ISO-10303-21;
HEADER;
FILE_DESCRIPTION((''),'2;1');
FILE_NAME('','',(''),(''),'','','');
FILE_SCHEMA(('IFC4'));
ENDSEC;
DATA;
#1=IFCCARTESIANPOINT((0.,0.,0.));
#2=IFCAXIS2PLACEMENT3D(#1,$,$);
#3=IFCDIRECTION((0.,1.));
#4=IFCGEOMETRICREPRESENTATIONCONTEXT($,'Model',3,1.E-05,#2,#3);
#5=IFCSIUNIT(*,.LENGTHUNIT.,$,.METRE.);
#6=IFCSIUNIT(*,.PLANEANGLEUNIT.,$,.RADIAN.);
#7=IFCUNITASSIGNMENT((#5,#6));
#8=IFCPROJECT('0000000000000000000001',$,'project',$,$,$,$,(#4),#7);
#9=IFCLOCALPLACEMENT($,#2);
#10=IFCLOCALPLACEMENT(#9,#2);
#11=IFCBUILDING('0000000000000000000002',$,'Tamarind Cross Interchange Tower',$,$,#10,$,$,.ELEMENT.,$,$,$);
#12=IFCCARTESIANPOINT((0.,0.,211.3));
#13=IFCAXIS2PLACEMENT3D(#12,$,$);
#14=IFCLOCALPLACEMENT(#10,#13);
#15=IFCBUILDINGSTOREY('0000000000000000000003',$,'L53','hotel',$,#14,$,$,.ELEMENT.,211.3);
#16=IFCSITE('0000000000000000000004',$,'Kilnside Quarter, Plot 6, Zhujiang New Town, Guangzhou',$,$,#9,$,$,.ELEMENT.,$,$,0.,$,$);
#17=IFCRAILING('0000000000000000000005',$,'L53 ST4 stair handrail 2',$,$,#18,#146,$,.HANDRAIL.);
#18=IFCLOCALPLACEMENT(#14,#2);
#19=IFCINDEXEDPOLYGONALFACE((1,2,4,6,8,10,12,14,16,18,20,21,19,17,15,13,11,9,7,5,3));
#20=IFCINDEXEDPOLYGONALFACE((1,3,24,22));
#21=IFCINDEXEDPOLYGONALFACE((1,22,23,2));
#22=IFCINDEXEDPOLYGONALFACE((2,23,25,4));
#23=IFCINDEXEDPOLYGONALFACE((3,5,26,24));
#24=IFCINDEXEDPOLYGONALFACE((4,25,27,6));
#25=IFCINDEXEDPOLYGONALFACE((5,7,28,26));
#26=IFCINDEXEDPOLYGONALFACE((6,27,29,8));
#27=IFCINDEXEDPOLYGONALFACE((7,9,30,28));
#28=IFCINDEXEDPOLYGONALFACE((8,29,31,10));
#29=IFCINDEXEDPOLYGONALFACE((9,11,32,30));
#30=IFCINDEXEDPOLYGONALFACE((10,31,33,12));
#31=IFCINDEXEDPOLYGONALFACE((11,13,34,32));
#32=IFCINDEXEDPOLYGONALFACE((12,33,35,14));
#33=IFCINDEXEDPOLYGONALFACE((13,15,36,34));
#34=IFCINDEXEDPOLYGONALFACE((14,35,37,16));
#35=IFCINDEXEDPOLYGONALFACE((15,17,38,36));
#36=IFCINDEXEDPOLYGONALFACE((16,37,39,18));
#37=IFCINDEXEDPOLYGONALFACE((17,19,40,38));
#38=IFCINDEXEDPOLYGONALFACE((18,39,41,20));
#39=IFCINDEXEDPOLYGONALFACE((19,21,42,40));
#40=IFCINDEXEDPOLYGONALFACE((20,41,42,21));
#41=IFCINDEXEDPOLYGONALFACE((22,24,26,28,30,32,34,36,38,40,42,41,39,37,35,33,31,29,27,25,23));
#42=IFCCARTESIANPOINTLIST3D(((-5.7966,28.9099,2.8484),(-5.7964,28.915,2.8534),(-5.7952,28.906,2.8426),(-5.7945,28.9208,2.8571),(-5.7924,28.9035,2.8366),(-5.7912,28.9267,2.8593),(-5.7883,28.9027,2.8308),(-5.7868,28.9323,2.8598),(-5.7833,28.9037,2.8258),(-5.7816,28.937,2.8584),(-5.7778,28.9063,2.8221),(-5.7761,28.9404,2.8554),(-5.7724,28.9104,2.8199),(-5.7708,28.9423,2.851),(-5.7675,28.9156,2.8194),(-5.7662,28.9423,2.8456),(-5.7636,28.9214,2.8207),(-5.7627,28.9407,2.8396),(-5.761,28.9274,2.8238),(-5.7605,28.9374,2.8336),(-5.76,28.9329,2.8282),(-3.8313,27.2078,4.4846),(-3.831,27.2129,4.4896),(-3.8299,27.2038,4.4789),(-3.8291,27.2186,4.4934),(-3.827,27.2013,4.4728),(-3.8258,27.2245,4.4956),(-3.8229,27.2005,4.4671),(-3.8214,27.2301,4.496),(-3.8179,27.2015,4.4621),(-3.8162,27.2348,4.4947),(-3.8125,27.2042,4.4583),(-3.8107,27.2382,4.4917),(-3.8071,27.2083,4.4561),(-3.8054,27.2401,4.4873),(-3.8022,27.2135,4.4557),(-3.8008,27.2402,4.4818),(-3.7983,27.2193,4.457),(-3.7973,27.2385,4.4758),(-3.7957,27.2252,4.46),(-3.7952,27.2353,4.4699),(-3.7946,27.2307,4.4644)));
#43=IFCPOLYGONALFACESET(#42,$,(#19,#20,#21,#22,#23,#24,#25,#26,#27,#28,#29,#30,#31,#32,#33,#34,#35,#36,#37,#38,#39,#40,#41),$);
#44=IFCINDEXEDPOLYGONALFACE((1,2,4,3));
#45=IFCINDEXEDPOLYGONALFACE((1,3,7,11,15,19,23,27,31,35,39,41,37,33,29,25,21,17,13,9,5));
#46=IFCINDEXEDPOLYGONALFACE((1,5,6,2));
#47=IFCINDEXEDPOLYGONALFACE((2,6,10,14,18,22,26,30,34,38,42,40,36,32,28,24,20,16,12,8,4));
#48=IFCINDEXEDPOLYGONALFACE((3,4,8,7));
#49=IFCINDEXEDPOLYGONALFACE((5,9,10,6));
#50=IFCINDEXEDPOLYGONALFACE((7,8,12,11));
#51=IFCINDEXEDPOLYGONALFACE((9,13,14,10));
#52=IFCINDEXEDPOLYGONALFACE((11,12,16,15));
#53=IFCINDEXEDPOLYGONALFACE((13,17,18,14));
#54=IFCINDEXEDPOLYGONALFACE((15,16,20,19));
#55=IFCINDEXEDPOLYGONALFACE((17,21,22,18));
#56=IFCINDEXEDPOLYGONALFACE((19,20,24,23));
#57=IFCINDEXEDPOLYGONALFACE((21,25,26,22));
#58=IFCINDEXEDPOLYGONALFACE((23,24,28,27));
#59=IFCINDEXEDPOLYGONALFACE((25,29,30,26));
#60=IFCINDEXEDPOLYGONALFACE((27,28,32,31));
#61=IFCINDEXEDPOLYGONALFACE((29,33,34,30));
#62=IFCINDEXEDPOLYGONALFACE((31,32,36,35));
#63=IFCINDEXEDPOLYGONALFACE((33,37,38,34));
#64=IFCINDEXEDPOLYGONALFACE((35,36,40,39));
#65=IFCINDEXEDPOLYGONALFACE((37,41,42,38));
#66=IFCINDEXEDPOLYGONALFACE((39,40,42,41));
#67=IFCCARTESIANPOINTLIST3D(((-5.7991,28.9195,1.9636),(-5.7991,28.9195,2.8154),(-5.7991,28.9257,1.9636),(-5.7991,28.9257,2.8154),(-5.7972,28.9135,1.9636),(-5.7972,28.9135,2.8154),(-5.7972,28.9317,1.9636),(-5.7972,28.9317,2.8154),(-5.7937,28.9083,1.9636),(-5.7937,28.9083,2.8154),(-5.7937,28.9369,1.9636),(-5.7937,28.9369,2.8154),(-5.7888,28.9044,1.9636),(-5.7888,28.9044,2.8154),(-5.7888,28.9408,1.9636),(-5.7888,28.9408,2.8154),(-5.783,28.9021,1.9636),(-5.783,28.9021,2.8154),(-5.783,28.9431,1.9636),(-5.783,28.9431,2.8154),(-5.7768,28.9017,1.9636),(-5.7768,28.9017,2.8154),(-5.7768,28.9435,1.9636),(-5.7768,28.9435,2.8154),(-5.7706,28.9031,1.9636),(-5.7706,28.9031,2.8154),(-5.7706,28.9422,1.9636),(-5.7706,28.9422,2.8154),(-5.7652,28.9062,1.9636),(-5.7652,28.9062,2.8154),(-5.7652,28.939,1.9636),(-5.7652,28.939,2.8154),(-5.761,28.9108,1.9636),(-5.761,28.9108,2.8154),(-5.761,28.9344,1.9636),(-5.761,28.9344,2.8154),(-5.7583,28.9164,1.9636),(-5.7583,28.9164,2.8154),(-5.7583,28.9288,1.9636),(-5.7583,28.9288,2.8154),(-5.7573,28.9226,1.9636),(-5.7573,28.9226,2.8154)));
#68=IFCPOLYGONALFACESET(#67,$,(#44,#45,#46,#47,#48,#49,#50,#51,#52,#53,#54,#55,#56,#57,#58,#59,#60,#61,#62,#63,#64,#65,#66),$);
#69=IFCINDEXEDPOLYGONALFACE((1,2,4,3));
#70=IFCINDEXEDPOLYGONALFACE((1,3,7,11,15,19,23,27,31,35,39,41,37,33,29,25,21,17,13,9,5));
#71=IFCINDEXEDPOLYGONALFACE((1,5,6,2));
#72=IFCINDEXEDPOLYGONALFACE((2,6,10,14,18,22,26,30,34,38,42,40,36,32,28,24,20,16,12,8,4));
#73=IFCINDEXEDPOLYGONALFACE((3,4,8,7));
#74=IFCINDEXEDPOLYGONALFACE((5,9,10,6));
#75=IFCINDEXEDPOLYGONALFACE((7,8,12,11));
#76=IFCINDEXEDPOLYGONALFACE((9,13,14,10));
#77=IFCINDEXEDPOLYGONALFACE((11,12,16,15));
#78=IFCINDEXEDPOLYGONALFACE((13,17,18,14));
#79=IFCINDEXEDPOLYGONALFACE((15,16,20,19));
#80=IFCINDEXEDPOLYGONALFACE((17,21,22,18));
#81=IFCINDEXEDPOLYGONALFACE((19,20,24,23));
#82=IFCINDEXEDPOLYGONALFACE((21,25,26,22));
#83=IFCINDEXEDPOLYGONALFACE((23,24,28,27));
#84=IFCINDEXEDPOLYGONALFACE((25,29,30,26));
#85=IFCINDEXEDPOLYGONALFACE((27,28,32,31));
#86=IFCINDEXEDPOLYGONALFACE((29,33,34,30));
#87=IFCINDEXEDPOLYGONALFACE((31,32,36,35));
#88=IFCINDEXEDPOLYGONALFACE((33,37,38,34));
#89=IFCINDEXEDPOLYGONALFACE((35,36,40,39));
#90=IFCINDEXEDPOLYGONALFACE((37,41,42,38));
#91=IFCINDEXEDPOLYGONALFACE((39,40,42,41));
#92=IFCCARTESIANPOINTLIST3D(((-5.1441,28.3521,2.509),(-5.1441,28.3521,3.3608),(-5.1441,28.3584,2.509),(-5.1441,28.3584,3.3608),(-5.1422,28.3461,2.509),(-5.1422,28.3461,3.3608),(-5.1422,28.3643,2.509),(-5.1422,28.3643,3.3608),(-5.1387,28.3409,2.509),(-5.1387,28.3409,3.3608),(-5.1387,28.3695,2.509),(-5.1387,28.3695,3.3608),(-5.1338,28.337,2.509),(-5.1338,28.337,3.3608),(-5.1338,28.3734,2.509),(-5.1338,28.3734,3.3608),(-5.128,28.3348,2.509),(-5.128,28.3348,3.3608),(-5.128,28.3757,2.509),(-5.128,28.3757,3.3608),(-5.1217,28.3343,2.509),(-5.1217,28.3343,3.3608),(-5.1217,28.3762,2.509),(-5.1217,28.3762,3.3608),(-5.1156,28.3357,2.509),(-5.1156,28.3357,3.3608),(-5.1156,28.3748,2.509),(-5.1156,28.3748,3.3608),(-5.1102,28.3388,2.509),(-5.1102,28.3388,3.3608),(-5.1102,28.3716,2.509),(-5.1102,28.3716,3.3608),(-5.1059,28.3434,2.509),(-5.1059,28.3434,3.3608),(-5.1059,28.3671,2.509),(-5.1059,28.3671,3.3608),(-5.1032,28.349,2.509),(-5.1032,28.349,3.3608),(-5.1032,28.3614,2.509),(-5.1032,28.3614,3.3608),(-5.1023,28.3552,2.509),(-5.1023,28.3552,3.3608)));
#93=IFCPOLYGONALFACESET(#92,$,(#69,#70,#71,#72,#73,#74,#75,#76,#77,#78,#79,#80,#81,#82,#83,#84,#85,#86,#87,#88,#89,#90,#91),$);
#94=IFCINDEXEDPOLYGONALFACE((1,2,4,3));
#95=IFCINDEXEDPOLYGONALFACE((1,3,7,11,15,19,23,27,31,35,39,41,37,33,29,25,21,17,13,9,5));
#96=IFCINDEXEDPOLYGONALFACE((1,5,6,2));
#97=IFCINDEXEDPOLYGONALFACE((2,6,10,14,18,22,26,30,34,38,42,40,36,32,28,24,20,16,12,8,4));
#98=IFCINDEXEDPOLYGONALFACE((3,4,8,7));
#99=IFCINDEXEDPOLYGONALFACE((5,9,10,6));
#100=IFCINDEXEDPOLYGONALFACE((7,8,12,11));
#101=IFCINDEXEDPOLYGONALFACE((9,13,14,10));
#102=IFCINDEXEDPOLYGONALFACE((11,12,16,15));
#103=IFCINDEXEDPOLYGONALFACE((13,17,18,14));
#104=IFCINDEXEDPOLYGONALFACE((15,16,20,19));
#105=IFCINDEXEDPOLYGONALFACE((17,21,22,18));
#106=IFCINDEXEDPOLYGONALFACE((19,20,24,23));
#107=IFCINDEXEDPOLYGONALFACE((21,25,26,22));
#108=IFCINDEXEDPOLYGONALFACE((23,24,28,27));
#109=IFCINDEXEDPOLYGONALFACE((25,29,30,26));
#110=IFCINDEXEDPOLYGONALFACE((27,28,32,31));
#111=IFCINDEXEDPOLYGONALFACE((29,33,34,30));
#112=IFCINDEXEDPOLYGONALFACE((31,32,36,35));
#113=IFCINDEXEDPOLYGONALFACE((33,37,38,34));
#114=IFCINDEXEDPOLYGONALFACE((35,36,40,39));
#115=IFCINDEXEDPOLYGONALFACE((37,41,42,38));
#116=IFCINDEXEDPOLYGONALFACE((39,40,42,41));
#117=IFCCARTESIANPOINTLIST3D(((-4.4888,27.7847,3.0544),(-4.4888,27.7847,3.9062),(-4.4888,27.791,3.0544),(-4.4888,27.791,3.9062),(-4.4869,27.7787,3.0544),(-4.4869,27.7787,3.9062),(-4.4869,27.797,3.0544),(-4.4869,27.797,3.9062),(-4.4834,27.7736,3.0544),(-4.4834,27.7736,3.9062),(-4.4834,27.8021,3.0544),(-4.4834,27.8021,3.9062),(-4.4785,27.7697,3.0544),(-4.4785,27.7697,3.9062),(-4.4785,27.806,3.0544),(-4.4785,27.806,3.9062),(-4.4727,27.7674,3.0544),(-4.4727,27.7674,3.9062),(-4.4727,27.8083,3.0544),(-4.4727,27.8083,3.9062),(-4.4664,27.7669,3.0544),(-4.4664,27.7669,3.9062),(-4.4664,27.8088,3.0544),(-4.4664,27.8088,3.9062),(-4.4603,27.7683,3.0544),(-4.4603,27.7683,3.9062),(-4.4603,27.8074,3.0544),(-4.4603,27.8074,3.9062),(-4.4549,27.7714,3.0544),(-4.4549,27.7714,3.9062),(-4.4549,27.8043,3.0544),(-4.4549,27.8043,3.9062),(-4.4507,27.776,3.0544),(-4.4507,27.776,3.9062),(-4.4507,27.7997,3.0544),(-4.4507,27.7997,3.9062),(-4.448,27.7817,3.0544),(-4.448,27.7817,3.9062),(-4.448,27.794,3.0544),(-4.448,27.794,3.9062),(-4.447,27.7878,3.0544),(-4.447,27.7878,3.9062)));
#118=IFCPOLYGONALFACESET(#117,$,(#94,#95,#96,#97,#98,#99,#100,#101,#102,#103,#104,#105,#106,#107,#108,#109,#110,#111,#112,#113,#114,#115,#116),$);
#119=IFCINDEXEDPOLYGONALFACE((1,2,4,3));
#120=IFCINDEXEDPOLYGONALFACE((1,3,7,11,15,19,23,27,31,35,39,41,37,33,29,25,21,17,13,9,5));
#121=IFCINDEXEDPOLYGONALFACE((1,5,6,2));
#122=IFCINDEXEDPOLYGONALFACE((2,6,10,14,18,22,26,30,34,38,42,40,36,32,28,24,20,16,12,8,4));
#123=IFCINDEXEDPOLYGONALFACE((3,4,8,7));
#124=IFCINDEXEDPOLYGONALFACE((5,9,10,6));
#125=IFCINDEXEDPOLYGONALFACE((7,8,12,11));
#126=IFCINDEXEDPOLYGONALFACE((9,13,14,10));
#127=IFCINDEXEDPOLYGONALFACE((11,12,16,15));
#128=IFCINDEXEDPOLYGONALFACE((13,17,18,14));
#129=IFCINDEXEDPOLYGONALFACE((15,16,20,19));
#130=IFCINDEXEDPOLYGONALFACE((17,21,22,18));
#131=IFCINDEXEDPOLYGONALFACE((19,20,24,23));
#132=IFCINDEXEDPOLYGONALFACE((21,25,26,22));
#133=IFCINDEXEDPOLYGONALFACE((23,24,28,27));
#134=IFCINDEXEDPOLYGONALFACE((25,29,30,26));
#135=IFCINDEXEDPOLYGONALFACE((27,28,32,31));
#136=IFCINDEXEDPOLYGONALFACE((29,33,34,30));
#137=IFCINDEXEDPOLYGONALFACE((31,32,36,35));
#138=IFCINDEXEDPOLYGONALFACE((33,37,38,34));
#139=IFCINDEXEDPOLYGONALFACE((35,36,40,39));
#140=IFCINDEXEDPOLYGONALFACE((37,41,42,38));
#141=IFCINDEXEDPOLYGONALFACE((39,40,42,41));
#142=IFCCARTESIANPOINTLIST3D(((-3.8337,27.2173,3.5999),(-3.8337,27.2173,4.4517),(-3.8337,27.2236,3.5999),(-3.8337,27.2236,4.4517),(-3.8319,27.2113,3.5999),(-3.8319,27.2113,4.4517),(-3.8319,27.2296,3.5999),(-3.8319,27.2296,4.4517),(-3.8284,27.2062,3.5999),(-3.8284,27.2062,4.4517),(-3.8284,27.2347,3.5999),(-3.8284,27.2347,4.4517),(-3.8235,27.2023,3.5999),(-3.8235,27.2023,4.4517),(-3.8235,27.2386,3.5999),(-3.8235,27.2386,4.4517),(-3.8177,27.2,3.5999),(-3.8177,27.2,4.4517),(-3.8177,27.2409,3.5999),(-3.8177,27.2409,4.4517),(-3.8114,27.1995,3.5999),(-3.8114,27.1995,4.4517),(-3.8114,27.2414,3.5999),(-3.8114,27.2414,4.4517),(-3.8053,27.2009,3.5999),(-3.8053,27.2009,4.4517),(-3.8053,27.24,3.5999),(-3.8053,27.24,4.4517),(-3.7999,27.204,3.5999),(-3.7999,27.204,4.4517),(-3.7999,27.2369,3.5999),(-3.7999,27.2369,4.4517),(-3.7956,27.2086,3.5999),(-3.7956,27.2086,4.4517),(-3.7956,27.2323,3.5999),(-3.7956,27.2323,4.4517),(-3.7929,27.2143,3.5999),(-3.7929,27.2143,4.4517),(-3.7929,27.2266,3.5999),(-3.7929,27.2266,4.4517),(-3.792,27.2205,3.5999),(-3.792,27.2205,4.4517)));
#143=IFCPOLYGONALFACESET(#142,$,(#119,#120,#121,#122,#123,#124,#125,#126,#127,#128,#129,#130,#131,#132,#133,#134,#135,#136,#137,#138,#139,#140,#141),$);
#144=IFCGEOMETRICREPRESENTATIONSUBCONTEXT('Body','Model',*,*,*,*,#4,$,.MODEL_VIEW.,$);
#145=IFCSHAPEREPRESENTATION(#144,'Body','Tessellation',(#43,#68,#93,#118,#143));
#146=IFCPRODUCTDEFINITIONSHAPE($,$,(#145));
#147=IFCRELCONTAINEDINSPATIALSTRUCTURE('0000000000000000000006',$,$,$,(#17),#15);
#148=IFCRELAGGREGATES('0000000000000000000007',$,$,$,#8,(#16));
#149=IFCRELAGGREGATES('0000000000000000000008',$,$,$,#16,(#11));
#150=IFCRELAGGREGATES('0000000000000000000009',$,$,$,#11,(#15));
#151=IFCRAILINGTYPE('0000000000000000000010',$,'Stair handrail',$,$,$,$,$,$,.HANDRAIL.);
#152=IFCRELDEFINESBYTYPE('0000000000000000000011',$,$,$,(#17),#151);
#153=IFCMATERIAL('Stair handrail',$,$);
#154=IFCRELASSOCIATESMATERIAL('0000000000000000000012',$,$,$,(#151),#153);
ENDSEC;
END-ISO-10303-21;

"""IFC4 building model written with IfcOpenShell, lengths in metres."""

from ifc_helpers import new_model, si_unit, direction, frame, origin, origin_2d, place, context, subcontext, project, spatial, circle, extrude, material, type_object, element, save


model = new_model("IFC4")

# Units and contexts
model_context = context("Model", 3, precision=1e-05, world=origin(), true_north=direction((0.0, 1.0)))
body_context = subcontext(model_context, "Body", "Model", "MODEL_VIEW")
ifc_project = project(units=[si_unit("LENGTHUNIT", "METRE"), si_unit("PLANEANGLEUNIT", "RADIAN")], contexts=[model_context])

# Site, building, storey
site_placement = place(None, origin())
site = spatial("IfcSite", under=ifc_project, at=site_placement, Name="Kilnside Quarter, Plot 6, Zhujiang New Town, Guangzhou", CompositionType="ELEMENT", RefElevation=0.0)
building_placement = place(site_placement, origin())
building = spatial("IfcBuilding", under=site, at=building_placement, Name="Tamarind Cross Interchange Tower", CompositionType="ELEMENT")
storey_placement = place(building_placement, frame((0.0, 0.0, 211.3)))
storey = spatial("IfcBuildingStorey", under=building, at=storey_placement, Name="L53", Description="hotel", CompositionType="ELEMENT", Elevation=211.3)

# Railing
ifc_material_1 = material(Name="Stair handrail")
railing_type_1 = type_object("IfcRailingType", Name="Stair handrail", PredefinedType="HANDRAIL", material=ifc_material_1)
railing_1_placement = place(storey_placement, frame((-5.7783, 28.9226, 1.9636)))
element("IfcRailing", 1, at=railing_1_placement, inside=storey, type_object=railing_type_1, Name="L53 ST4 stair handrail 2", PredefinedType="HANDRAIL", context=body_context, shape_type="SweptSolid", body=[
    extrude(circle(Radius=0.0239, at=origin_2d()), frame((0.0, 0.0, 0.876), z_axis=(0.63976, -0.554088, 0.53263), x_axis=(0.65468, 0.755906, 0.0)), (0.0, 0.0, 1.0), 3.072),
    extrude(circle(Radius=0.021, at=origin_2d()), origin(), (0.0, 0.0, 1.0), 0.8518),
    extrude(circle(Radius=0.021, at=origin_2d()), frame((0.655, -0.5674, 0.5454)), (0.0, 0.0, 1.0), 0.8518),
    extrude(circle(Radius=0.021, at=origin_2d()), frame((1.3103, -1.1348, 1.0908)), (0.0, 0.0, 1.0), 0.8518),
    extrude(circle(Radius=0.021, at=origin_2d()), frame((1.9653, -1.7021, 1.6362)), (0.0, 0.0, 1.0), 0.8518),
])

save(model, "model.ifc")
